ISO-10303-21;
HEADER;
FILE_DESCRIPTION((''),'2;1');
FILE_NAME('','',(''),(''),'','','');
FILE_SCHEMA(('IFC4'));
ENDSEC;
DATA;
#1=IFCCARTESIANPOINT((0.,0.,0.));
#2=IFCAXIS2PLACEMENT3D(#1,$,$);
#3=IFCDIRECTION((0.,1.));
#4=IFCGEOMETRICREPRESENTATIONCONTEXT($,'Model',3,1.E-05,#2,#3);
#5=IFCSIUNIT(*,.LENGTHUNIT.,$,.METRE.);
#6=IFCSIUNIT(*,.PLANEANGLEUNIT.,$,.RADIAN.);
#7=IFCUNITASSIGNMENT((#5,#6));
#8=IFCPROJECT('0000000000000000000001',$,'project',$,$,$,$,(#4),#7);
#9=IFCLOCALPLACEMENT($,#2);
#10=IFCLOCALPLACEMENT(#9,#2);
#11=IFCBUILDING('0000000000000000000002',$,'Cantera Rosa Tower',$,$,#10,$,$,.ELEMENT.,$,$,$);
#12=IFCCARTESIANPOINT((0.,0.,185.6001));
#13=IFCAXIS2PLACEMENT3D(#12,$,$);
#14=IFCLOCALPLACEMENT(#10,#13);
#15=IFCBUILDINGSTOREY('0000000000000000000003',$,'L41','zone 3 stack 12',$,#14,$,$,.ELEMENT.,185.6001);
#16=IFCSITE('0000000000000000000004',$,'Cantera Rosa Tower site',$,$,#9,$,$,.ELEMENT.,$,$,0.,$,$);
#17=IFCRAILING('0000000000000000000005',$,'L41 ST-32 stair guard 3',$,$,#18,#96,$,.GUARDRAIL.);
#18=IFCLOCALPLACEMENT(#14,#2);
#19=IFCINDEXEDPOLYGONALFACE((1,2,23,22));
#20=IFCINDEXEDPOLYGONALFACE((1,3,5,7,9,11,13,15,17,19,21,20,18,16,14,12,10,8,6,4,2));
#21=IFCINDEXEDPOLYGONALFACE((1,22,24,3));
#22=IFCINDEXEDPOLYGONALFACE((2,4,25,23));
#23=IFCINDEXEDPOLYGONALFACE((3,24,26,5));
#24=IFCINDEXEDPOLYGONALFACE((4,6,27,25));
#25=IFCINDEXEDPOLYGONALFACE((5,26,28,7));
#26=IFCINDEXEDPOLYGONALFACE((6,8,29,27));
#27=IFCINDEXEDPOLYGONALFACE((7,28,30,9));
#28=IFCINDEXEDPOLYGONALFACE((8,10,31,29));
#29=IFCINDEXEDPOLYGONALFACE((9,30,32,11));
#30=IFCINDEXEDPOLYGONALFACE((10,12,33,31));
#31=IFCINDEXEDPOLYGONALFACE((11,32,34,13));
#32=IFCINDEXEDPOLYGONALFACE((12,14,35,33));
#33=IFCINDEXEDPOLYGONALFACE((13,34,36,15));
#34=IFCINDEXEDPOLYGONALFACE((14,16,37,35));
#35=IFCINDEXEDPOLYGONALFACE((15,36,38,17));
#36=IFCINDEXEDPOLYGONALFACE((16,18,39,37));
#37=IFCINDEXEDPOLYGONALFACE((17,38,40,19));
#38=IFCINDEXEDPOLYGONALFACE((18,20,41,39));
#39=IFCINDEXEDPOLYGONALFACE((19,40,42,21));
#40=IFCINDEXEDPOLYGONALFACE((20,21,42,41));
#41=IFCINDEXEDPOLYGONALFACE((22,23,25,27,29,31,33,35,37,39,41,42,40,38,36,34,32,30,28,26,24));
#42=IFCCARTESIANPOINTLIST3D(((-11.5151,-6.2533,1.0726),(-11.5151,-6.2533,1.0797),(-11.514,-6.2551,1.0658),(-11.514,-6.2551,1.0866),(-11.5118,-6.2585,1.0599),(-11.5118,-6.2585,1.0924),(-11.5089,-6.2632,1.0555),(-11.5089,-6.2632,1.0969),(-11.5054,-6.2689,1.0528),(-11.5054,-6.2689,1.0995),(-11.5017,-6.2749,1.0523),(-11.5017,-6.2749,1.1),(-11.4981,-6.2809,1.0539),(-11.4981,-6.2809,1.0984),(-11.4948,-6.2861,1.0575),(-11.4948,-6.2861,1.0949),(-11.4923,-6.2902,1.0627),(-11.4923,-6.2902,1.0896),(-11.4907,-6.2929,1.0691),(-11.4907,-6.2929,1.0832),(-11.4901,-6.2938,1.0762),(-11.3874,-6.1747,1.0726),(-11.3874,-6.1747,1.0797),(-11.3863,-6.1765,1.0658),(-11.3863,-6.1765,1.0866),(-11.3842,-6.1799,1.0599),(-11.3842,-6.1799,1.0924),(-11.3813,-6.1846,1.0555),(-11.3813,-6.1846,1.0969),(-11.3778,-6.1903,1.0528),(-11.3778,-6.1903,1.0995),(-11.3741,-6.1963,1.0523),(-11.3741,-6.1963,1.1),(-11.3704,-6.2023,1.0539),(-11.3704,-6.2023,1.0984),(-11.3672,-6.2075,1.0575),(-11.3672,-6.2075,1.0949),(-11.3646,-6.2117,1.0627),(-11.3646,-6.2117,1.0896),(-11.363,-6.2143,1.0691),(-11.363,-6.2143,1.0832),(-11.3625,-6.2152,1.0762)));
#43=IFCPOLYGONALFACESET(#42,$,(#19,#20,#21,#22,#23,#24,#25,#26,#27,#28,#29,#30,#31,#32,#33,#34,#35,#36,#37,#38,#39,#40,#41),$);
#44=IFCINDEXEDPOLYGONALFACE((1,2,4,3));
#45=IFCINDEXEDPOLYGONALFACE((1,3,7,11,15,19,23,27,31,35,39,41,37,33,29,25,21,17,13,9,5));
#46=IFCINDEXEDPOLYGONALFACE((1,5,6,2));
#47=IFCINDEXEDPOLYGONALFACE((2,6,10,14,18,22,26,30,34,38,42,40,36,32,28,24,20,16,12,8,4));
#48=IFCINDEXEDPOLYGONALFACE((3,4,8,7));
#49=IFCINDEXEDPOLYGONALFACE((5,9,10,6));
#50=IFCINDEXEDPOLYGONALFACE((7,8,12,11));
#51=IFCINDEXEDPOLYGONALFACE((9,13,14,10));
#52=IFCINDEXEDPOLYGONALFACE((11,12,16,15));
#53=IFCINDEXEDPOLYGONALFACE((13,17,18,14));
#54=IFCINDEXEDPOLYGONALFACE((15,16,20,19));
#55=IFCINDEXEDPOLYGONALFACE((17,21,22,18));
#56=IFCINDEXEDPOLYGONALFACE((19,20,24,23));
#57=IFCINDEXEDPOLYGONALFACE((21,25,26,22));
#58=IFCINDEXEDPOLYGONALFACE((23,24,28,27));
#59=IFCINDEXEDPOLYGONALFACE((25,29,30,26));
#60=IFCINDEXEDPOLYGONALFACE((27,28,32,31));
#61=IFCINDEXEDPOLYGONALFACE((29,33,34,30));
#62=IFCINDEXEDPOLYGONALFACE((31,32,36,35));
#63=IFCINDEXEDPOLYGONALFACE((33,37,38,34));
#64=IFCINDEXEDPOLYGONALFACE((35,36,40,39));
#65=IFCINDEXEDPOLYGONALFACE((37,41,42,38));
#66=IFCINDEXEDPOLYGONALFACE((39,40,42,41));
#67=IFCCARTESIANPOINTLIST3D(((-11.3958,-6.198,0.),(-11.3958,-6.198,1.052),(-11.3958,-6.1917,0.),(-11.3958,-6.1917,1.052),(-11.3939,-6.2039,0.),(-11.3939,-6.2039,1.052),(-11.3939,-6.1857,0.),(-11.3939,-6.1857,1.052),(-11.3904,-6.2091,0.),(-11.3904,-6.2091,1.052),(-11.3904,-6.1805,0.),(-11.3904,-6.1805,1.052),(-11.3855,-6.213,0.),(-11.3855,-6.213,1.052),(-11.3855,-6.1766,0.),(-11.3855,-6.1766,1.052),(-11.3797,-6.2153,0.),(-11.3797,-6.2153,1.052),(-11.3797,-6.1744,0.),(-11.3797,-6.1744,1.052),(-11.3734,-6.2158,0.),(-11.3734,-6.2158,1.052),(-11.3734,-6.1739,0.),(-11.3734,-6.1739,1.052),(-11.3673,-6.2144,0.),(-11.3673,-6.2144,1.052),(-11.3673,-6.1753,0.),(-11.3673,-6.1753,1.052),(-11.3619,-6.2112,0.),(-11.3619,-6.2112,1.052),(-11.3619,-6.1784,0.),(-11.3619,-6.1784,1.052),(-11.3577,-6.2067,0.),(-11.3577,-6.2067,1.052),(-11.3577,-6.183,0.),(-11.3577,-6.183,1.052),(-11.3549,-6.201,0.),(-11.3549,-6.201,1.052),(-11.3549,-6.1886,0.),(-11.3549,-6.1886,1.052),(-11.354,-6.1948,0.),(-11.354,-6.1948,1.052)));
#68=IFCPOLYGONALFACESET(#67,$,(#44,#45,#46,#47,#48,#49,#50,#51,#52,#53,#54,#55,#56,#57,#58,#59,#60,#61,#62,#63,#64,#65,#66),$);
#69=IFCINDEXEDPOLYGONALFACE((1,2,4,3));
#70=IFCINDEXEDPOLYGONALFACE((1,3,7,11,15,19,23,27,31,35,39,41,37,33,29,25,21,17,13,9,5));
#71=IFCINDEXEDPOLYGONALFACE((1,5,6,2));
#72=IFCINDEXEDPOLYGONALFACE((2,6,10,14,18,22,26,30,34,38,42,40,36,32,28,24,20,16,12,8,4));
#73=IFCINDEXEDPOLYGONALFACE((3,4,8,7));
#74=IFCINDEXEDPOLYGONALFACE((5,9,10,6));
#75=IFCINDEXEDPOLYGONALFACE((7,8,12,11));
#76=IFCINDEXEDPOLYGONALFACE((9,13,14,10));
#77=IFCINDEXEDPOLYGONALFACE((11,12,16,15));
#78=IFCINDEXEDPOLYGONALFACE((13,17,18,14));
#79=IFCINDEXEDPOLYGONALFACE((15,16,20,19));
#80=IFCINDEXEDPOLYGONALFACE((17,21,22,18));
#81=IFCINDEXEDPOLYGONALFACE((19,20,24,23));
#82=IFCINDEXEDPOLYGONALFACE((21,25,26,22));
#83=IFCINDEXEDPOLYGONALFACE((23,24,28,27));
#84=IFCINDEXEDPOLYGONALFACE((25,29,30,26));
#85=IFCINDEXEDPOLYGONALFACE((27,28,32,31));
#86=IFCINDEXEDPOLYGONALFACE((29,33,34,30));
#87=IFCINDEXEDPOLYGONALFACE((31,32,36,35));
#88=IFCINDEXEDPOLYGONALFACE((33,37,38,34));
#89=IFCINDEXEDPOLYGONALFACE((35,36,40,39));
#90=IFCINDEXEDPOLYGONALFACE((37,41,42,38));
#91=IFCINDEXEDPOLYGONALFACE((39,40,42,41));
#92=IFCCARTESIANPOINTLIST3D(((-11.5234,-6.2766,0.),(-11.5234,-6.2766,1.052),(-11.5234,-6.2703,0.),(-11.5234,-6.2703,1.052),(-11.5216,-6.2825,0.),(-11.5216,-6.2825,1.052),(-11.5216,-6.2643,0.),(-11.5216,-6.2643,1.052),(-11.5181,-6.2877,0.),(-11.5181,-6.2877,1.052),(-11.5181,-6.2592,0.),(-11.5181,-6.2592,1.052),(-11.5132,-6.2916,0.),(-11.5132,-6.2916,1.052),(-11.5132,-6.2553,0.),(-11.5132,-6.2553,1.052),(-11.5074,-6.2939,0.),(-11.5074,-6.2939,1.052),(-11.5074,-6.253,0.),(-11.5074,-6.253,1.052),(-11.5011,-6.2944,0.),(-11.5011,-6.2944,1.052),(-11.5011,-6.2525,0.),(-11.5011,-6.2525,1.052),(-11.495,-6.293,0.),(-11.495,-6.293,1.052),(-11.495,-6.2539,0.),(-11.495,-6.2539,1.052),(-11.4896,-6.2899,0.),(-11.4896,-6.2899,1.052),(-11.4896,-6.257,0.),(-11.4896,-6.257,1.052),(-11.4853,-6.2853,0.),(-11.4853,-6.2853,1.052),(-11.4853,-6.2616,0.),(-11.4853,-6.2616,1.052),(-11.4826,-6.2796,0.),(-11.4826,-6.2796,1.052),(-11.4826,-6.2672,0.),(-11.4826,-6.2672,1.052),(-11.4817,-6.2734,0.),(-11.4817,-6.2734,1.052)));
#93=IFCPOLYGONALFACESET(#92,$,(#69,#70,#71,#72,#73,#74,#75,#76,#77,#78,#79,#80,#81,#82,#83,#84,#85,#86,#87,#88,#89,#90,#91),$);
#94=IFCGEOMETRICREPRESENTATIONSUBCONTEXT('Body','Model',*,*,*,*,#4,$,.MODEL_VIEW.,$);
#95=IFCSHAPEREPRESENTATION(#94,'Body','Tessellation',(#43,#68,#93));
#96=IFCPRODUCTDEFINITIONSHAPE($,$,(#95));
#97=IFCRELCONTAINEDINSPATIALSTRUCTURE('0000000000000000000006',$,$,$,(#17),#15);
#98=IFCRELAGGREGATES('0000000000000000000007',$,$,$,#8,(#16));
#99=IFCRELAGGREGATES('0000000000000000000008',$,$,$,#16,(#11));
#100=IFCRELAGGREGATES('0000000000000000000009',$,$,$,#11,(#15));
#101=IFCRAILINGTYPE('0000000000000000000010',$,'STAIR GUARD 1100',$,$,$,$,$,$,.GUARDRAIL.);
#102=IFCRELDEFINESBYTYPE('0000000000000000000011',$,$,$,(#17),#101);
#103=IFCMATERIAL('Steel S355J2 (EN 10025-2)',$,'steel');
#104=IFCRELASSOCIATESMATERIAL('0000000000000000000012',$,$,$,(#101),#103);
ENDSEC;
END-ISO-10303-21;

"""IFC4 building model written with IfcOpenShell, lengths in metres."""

from ifc_helpers import new_model, si_unit, direction, frame, origin, origin_2d, place, context, subcontext, project, spatial, circle, extrude, material, type_object, element, save


model = new_model("IFC4")

# Units and contexts
model_context = context("Model", 3, precision=1e-05, world=origin(), true_north=direction((0.0, 1.0)))
body_context = subcontext(model_context, "Body", "Model", "MODEL_VIEW")
ifc_project = project(units=[si_unit("LENGTHUNIT", "METRE"), si_unit("PLANEANGLEUNIT", "RADIAN")], contexts=[model_context])

# Site, building, storey
site_placement = place(None, origin())
site = spatial("IfcSite", under=ifc_project, at=site_placement, Name="Cantera Rosa Tower site", CompositionType="ELEMENT", RefElevation=0.0)
building_placement = place(site_placement, origin())
building = spatial("IfcBuilding", under=site, at=building_placement, Name="Cantera Rosa Tower", CompositionType="ELEMENT")
storey_placement = place(building_placement, frame((0.0, 0.0, 185.6001)))
storey = spatial("IfcBuildingStorey", under=building, at=storey_placement, Name="L41", Description="zone 3 stack 12", CompositionType="ELEMENT", Elevation=185.6001)

# Railing
ifc_material_1 = material(Name="Steel S355J2 (EN 10025-2)", Category="steel")
railing_type_1 = type_object("IfcRailingType", Name="STAIR GUARD 1100", PredefinedType="GUARDRAIL", material=ifc_material_1)
railing_1_placement = place(storey_placement, frame((-11.375, -6.1948, 0.0)))
element("IfcRailing", 1, at=railing_1_placement, inside=storey, type_object=railing_type_1, Name="L41 ST-32 stair guard 3", PredefinedType="GUARDRAIL", context=body_context, shape_type="SweptSolid", body=[
    extrude(circle(Radius=0.0239, at=origin_2d()), frame((0.0, 0.0, 1.0762), z_axis=(-0.851546, -0.524279, 0.0), x_axis=(0.524279, -0.851546, 0.0)), (0.0, 0.0, 1.0), 0.1499),
    extrude(circle(Radius=0.021, at=origin_2d()), origin(), (0.0, 0.0, 1.0), 1.052),
    extrude(circle(Radius=0.021, at=origin_2d()), frame((-0.1277, -0.0786, 0.0)), (0.0, 0.0, 1.0), 1.052),
])

save(model, "model.ifc")
